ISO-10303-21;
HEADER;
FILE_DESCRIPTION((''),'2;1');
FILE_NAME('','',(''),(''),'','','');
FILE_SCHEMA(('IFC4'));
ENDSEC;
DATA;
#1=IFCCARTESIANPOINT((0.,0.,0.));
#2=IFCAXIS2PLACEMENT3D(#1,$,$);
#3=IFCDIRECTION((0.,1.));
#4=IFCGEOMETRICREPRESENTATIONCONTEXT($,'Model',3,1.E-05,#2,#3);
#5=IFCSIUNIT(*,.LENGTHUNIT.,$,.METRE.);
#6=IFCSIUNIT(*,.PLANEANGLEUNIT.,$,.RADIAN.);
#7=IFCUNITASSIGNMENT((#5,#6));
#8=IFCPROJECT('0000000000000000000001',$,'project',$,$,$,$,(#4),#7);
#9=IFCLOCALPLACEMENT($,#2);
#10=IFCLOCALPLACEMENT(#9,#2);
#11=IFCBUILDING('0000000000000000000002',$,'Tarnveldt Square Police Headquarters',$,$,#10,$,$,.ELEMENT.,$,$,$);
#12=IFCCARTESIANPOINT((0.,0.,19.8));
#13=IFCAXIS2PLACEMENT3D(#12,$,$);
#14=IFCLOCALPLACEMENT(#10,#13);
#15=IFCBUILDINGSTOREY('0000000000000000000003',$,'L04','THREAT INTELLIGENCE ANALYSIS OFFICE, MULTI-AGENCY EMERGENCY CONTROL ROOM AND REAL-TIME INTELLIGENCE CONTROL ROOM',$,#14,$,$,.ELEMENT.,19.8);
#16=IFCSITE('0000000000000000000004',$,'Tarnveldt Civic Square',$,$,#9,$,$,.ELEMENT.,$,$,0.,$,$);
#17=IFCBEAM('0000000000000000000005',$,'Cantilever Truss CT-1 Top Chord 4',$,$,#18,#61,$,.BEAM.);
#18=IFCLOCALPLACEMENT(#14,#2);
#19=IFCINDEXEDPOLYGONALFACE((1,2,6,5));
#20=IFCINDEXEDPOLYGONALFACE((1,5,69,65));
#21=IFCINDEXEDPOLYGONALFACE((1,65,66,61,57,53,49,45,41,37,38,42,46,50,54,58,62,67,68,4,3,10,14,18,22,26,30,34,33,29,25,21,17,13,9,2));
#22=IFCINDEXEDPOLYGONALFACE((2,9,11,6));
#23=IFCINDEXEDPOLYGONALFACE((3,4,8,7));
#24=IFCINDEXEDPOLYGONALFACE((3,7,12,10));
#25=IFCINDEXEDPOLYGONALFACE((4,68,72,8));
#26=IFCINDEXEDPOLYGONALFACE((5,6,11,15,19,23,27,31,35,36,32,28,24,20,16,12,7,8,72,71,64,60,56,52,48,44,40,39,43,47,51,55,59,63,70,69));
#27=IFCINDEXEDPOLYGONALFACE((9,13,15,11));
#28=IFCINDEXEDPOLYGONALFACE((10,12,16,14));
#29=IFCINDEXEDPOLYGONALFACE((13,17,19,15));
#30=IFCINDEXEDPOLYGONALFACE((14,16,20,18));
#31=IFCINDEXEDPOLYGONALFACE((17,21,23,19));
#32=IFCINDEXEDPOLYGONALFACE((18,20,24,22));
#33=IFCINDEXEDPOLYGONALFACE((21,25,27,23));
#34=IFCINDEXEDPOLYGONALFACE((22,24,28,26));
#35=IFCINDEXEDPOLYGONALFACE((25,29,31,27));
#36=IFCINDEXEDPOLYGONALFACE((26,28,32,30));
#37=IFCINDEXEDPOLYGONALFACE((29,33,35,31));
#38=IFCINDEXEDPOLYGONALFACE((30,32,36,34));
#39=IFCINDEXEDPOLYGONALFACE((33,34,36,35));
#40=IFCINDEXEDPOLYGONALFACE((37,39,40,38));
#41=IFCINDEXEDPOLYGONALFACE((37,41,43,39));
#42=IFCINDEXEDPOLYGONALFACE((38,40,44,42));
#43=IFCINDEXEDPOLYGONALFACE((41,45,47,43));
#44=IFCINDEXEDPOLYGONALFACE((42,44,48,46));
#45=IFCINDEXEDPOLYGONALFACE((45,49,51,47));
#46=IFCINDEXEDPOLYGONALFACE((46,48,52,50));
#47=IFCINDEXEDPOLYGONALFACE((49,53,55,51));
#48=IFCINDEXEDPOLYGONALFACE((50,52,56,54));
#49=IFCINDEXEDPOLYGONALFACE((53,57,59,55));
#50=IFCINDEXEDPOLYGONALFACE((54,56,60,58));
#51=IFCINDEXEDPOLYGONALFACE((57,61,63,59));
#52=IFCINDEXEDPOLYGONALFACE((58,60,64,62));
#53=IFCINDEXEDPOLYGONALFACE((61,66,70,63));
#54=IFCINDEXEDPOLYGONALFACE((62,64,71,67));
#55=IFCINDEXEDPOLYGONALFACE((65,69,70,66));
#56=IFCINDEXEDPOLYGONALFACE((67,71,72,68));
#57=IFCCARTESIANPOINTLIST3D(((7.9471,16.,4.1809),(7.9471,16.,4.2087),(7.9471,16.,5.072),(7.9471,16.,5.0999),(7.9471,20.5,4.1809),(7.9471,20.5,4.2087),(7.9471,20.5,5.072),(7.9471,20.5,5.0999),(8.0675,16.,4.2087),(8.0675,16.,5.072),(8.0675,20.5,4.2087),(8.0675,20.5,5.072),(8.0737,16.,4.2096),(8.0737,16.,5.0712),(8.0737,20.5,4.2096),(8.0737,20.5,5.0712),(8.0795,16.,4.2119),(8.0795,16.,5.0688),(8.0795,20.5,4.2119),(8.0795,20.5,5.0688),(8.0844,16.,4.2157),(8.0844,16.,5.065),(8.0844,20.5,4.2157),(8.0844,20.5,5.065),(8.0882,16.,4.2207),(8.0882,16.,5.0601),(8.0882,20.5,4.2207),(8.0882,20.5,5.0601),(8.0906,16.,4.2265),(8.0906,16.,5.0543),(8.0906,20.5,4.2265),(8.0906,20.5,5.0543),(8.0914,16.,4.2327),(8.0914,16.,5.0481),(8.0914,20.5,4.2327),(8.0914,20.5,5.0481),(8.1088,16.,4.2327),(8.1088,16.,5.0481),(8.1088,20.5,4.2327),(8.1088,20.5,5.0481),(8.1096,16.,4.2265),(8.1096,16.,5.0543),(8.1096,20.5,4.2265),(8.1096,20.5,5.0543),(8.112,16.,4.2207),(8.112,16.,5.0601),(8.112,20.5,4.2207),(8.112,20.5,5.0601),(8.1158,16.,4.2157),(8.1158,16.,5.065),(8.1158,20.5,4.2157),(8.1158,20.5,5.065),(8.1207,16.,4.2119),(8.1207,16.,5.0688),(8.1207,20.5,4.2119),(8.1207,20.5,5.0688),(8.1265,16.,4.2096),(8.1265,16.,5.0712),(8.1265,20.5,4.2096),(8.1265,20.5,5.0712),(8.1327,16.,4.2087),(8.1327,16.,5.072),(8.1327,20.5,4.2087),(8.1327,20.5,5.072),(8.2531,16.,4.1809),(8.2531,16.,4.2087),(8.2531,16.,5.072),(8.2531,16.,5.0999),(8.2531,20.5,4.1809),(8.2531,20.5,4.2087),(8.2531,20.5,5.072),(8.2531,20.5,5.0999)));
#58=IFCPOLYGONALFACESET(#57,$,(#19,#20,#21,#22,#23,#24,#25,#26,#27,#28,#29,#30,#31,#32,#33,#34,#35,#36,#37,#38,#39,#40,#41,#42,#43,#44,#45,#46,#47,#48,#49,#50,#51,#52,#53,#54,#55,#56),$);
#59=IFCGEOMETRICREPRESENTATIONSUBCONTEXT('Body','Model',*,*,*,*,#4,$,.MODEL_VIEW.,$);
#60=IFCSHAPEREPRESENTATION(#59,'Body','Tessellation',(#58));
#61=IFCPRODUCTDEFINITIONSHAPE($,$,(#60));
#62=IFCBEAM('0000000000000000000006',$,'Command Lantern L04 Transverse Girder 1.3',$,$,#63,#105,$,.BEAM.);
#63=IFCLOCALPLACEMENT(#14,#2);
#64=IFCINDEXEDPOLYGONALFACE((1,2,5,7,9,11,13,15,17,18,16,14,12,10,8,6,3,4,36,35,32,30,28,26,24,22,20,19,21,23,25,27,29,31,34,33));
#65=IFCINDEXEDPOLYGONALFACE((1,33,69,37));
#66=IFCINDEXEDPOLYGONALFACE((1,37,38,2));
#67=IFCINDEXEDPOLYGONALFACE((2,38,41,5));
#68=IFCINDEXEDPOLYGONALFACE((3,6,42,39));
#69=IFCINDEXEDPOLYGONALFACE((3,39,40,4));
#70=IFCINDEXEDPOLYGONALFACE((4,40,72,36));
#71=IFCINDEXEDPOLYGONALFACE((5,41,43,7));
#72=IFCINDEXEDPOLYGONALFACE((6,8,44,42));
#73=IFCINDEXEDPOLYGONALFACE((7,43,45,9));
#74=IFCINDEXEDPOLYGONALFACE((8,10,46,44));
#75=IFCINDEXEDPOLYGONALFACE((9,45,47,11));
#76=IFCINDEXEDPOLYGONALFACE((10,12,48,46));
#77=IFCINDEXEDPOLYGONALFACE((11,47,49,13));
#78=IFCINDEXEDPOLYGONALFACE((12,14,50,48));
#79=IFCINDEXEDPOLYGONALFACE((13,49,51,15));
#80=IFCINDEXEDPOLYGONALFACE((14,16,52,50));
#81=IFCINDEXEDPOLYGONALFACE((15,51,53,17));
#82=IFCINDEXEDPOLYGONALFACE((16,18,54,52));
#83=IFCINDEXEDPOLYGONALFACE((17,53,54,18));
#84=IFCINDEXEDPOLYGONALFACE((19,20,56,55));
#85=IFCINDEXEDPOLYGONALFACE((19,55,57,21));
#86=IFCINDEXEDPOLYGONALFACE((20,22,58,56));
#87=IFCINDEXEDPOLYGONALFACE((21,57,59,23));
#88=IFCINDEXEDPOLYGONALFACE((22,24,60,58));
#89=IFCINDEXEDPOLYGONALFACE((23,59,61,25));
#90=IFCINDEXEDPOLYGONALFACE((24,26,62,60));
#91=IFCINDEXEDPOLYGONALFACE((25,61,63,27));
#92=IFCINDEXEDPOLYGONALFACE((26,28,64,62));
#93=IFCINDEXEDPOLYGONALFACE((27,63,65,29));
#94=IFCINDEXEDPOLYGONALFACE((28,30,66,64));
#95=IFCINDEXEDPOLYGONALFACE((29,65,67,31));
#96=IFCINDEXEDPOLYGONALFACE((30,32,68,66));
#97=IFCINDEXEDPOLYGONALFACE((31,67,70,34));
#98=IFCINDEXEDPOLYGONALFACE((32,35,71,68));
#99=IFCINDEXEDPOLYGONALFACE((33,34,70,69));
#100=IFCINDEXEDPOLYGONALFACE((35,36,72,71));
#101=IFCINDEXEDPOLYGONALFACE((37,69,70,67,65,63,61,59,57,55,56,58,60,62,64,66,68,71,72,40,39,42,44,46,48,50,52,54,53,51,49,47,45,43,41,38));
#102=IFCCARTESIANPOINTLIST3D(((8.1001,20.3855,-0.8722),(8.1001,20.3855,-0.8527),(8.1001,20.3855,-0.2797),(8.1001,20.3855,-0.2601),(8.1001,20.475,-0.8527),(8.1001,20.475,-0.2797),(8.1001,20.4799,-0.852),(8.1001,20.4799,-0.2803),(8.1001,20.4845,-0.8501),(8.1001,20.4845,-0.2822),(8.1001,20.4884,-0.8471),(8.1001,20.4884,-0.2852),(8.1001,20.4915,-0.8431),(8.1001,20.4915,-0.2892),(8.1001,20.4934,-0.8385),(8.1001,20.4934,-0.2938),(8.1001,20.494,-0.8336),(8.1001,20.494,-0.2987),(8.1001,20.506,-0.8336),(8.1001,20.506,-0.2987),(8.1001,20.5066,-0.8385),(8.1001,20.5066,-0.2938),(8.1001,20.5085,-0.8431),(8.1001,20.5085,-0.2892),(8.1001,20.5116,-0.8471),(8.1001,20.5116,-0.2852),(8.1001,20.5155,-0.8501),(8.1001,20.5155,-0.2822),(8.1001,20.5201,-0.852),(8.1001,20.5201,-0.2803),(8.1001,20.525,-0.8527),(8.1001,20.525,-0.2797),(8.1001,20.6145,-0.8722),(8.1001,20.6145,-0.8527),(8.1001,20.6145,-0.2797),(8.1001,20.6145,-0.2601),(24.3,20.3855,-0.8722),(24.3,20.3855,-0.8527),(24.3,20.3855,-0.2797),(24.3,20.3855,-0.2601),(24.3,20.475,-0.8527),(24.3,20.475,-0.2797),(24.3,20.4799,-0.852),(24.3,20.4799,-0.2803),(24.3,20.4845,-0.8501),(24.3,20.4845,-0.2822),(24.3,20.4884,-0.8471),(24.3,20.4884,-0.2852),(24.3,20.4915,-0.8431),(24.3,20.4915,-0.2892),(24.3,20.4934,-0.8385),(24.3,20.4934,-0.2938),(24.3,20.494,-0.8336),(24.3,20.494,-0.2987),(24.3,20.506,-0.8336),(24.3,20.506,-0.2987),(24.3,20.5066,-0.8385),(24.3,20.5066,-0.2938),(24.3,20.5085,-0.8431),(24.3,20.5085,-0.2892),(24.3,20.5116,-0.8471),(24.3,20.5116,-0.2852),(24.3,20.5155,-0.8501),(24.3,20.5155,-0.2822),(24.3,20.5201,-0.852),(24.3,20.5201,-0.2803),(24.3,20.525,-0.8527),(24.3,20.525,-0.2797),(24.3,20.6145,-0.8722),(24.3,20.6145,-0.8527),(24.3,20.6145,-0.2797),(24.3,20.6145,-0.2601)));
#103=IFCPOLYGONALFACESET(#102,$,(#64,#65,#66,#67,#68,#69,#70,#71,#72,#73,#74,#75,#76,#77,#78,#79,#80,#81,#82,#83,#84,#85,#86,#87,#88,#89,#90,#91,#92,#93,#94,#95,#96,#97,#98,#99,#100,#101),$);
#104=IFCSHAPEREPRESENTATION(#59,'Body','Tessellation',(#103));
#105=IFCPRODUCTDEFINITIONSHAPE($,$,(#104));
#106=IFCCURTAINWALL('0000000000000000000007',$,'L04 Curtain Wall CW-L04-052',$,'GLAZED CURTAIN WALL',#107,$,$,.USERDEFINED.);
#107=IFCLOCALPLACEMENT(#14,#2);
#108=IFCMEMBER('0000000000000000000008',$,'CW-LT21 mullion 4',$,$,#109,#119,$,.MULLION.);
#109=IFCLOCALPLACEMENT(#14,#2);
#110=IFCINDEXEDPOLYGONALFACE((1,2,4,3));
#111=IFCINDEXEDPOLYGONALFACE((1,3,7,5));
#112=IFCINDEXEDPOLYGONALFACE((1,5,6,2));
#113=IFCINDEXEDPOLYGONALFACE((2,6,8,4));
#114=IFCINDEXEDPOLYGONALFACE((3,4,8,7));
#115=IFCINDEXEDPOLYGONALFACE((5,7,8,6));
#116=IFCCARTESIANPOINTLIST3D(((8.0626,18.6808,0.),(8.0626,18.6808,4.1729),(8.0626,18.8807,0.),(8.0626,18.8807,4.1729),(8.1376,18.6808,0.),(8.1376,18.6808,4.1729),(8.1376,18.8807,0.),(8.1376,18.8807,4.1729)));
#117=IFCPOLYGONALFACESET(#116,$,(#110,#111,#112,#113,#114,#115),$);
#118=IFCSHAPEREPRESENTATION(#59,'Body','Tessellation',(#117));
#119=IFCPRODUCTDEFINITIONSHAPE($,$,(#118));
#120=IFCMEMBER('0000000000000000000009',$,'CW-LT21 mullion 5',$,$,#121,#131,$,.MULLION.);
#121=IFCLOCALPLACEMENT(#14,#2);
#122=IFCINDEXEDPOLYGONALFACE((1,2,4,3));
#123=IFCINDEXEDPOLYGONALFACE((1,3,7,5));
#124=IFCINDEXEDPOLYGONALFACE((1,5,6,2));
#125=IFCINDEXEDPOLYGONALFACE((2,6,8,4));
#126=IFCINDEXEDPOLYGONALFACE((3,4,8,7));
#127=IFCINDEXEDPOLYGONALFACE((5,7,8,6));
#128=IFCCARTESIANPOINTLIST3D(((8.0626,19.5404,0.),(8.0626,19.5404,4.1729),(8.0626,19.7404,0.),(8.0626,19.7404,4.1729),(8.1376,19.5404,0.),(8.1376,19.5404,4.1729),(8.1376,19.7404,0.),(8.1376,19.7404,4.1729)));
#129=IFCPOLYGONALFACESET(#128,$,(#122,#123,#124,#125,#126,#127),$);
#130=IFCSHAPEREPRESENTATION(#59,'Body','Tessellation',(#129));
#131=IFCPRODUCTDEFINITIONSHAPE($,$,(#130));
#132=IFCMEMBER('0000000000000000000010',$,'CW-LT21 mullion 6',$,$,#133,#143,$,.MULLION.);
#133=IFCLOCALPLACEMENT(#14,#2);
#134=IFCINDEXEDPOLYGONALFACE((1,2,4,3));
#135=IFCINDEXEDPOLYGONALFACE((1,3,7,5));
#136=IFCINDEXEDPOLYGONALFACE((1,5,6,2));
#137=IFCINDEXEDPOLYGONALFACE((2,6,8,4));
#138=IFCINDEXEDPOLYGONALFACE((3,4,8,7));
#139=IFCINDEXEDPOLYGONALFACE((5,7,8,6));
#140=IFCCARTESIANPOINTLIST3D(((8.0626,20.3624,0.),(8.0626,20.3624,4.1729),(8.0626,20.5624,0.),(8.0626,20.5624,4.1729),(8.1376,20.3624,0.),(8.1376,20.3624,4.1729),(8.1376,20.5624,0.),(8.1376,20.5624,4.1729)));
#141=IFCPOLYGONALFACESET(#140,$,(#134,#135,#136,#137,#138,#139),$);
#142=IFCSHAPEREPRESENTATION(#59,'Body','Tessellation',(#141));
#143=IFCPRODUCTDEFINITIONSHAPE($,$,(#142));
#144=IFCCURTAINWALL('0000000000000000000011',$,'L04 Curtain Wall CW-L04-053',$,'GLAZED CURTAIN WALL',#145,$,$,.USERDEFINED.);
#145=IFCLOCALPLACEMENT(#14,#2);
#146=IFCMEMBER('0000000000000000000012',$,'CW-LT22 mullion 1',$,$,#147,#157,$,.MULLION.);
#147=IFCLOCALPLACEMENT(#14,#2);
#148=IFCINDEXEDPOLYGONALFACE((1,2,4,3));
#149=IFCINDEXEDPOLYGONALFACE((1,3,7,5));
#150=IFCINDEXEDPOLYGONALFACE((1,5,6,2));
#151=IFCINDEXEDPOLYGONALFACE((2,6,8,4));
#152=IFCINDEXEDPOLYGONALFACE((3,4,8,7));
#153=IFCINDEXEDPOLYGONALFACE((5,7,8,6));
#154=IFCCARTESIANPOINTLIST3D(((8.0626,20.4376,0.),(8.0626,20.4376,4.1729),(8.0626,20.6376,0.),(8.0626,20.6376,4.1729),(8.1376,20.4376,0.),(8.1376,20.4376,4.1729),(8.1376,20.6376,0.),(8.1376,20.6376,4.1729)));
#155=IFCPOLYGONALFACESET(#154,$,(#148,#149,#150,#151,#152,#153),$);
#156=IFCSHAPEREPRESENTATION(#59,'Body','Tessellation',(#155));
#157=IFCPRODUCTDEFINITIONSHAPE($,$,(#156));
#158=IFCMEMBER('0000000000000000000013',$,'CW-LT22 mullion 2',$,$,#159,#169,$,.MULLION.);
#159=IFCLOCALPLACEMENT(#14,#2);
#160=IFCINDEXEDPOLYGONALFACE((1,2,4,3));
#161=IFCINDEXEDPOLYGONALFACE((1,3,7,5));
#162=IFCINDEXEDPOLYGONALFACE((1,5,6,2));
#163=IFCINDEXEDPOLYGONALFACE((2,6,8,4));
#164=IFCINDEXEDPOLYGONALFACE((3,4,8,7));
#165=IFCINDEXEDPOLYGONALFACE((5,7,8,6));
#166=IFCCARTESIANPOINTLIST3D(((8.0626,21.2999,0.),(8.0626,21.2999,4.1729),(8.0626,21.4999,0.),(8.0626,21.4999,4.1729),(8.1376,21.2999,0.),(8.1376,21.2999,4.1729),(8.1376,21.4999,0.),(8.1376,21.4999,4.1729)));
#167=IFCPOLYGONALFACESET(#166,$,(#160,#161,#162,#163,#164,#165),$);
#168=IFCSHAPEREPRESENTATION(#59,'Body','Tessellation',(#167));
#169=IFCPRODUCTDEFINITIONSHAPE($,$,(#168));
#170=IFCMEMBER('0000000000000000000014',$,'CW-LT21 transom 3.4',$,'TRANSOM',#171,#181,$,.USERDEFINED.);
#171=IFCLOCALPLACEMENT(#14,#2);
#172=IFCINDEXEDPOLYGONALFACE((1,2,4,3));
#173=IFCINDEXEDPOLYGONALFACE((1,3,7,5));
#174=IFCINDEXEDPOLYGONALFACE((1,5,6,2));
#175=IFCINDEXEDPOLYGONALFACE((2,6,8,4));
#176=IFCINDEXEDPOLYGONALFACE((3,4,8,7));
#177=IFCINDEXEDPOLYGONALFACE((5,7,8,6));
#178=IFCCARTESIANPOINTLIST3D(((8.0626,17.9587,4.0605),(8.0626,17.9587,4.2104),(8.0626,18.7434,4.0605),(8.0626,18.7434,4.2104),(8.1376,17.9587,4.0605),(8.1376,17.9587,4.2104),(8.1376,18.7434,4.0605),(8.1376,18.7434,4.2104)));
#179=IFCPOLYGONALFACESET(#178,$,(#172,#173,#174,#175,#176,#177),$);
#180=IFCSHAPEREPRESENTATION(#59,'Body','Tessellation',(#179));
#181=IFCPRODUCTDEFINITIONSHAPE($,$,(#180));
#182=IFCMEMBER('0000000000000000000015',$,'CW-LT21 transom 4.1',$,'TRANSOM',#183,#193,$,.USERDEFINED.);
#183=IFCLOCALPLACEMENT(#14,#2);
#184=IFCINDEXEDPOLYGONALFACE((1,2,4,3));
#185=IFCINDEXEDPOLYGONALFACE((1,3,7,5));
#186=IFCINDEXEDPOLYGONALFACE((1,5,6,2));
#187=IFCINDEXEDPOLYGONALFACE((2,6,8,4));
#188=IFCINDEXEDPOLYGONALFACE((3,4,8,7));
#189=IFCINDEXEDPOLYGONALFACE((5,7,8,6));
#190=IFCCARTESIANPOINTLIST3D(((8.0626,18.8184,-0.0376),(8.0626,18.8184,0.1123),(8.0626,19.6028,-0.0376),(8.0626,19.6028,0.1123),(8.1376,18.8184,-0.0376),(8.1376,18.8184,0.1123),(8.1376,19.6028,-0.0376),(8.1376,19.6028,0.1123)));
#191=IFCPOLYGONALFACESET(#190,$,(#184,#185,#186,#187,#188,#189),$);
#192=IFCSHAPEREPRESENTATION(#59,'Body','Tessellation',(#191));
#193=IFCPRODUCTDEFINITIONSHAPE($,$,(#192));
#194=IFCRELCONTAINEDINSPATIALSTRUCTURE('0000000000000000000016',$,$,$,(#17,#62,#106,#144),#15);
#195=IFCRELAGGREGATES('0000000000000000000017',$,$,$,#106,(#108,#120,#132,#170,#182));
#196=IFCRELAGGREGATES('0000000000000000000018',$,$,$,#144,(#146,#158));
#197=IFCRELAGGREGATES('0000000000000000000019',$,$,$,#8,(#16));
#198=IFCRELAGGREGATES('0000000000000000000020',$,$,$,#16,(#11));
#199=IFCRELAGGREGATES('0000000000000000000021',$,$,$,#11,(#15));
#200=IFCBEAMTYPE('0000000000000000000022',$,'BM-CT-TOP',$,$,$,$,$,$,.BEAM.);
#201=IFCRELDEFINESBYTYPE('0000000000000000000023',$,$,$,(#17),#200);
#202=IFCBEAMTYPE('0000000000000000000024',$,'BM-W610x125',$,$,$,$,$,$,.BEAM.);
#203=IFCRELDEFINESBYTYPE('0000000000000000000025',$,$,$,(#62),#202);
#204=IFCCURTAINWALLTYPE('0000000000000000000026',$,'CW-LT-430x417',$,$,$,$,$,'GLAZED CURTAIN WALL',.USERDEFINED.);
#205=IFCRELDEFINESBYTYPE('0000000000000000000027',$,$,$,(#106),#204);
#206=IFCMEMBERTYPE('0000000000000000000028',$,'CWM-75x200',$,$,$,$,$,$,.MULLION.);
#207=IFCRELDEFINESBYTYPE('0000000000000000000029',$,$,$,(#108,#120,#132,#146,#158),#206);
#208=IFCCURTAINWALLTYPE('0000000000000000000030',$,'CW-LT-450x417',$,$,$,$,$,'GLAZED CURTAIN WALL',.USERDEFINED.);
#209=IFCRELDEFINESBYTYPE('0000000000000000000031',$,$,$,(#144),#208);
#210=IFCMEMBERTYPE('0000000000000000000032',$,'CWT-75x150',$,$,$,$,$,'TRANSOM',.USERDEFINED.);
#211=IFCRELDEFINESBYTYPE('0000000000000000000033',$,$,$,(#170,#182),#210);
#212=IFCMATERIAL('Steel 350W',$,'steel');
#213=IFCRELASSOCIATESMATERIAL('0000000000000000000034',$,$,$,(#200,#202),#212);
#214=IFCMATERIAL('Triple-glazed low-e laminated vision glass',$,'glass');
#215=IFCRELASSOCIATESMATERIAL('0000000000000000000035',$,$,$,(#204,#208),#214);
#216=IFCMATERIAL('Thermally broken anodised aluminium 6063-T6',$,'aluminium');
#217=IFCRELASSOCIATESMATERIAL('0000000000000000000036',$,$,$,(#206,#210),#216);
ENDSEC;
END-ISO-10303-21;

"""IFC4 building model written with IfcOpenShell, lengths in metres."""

from ifc_helpers import new_model, si_unit, direction, frame, origin, origin_2d, place, context, subcontext, project, spatial, rectangle, i_section, extrude, material, material_profile, profile_set, type_object, element, aggregate, save


model = new_model("IFC4")

# Units and contexts
model_context = context("Model", 3, precision=1e-05, world=origin(), true_north=direction((0.0, 1.0)))
body_context = subcontext(model_context, "Body", "Model", "MODEL_VIEW")
ifc_project = project(units=[si_unit("LENGTHUNIT", "METRE"), si_unit("PLANEANGLEUNIT", "RADIAN")], contexts=[model_context])

# Site, building, storey
site_placement = place(None, origin())
site = spatial("IfcSite", under=ifc_project, at=site_placement, Name="Tarnveldt Civic Square", CompositionType="ELEMENT", RefElevation=0.0)
building_placement = place(site_placement, origin())
building = spatial("IfcBuilding", under=site, at=building_placement, Name="Tarnveldt Square Police Headquarters", CompositionType="ELEMENT")
storey_placement = place(building_placement, frame((0.0, 0.0, 19.8)))
storey = spatial("IfcBuildingStorey", under=building, at=storey_placement, Name="L04", Description="THREAT INTELLIGENCE ANALYSIS OFFICE, MULTI-AGENCY EMERGENCY CONTROL ROOM AND REAL-TIME INTELLIGENCE CONTROL ROOM", CompositionType="ELEMENT", Elevation=19.8)

# Beams
ifc_material_1 = material(Name="Steel 350W", Category="steel")
ifc_material_profile_1 = material_profile(ifc_material_1, i_section(OverallWidth=0.3059, OverallDepth=0.9189, WebThickness=0.0173, FlangeThickness=0.0278, FilletRadius=0.0239, at=origin_2d()), Name="W920x253")
ifc_profile_set_1 = profile_set([ifc_material_profile_1], Name="Steel 350W")
beam_type_1 = type_object("IfcBeamType", Name="BM-CT-TOP", PredefinedType="BEAM", material=ifc_profile_set_1)
beam_1_placement = place(storey_placement, frame((8.1001, 20.5, 4.6404), z_axis=(0.0, -1.0, 0.0), x_axis=(1.0, 0.0, 0.0)))
element("IfcBeam", 1, at=beam_1_placement, inside=storey, type_object=beam_type_1, Name="Cantilever Truss CT-1 Top Chord 4", PredefinedType="BEAM", context=body_context, shape_type="SweptSolid", body=[
    extrude(i_section(OverallWidth=0.3059, OverallDepth=0.9189, WebThickness=0.0173, FlangeThickness=0.0278, FilletRadius=0.0239, at=origin_2d()), origin(), (0.0, 0.0, 1.0), 4.5),
])
ifc_material_profile_2 = material_profile(ifc_material_1, i_section(OverallWidth=0.229, OverallDepth=0.6121, WebThickness=0.012, FlangeThickness=0.0195, FilletRadius=0.019, at=origin_2d()), Name="W610x125")
ifc_profile_set_2 = profile_set([ifc_material_profile_2], Name="Steel 350W")
beam_type_2 = type_object("IfcBeamType", Name="BM-W610x125", PredefinedType="BEAM", material=ifc_profile_set_2)
beam_2_placement = place(storey_placement, frame((8.1001, 20.5, -0.5662), z_axis=(1.0, 0.0, 0.0), x_axis=(0.0, 1.0, 0.0)))
element("IfcBeam", 2, at=beam_2_placement, inside=storey, type_object=beam_type_2, Name="Command Lantern L04 Transverse Girder 1.3", PredefinedType="BEAM", context=body_context, shape_type="SweptSolid", body=[
    extrude(i_section(OverallWidth=0.229, OverallDepth=0.6121, WebThickness=0.012, FlangeThickness=0.0195, FilletRadius=0.019, at=origin_2d()), origin(), (0.0, 0.0, 1.0), 16.2),
])

# Curtain walls, members
ifc_material_2 = material(Name="Triple-glazed low-e laminated vision glass", Category="glass")
curtain_wall_type_1 = type_object("IfcCurtainWallType", Name="CW-LT-430x417", ElementType="GLAZED CURTAIN WALL", PredefinedType="USERDEFINED", material=ifc_material_2)
curtain_wall_1_placement = place(storey_placement, origin())
curtain_wall_1 = element("IfcCurtainWall", 3, at=curtain_wall_1_placement, inside=storey, type_object=curtain_wall_type_1, Name="L04 Curtain Wall CW-L04-052", ObjectType="GLAZED CURTAIN WALL", PredefinedType="USERDEFINED")
ifc_material_3 = material(Name="Thermally broken anodised aluminium 6063-T6", Category="aluminium")
ifc_material_profile_3 = material_profile(ifc_material_3, rectangle(XDim=0.075, YDim=0.2, at=origin_2d()), Name="CW-M75x200")
ifc_profile_set_3 = profile_set([ifc_material_profile_3], Name="Thermally broken anodised aluminium 6063-T6")
member_type_1 = type_object("IfcMemberType", Name="CWM-75x200", PredefinedType="MULLION", material=ifc_profile_set_3)
member_1_placement = place(storey_placement, frame((8.1001, 18.7808, 0.0), z_axis=(0.0, 0.0, 1.0), x_axis=(-1.0, 0.0, 0.0)))
member_1 = element("IfcMember", 4, at=member_1_placement, type_object=member_type_1, Name="CW-LT21 mullion 4", PredefinedType="MULLION", context=body_context, shape_type="SweptSolid", body=[
    extrude(rectangle(XDim=0.075, YDim=0.2, at=origin_2d()), origin(), (0.0, 0.0, 1.0), 4.1729),
])
member_2_placement = place(storey_placement, frame((8.1001, 19.6404, 0.0), z_axis=(0.0, 0.0, 1.0), x_axis=(-1.0, 0.0, 0.0)))
member_2 = element("IfcMember", 5, at=member_2_placement, type_object=member_type_1, Name="CW-LT21 mullion 5", PredefinedType="MULLION", context=body_context, shape_type="SweptSolid", body=[
    extrude(rectangle(XDim=0.075, YDim=0.2, at=origin_2d()), origin(), (0.0, 0.0, 1.0), 4.1729),
])
member_3_placement = place(storey_placement, frame((8.1001, 20.4624, 0.0), z_axis=(0.0, 0.0, 1.0), x_axis=(-1.0, 0.0, 0.0)))
member_3 = element("IfcMember", 6, at=member_3_placement, type_object=member_type_1, Name="CW-LT21 mullion 6", PredefinedType="MULLION", context=body_context, shape_type="SweptSolid", body=[
    extrude(rectangle(XDim=0.075, YDim=0.2, at=origin_2d()), origin(), (0.0, 0.0, 1.0), 4.1729),
])
curtain_wall_type_2 = type_object("IfcCurtainWallType", Name="CW-LT-450x417", ElementType="GLAZED CURTAIN WALL", PredefinedType="USERDEFINED", material=ifc_material_2)
curtain_wall_2_placement = place(storey_placement, origin())
curtain_wall_2 = element("IfcCurtainWall", 7, at=curtain_wall_2_placement, inside=storey, type_object=curtain_wall_type_2, Name="L04 Curtain Wall CW-L04-053", ObjectType="GLAZED CURTAIN WALL", PredefinedType="USERDEFINED")
member_4_placement = place(storey_placement, frame((8.1001, 20.5376, 0.0), z_axis=(0.0, 0.0, 1.0), x_axis=(-1.0, 0.0, 0.0)))
member_4 = element("IfcMember", 8, at=member_4_placement, type_object=member_type_1, Name="CW-LT22 mullion 1", PredefinedType="MULLION", context=body_context, shape_type="SweptSolid", body=[
    extrude(rectangle(XDim=0.075, YDim=0.2, at=origin_2d()), origin(), (0.0, 0.0, 1.0), 4.1729),
])
member_5_placement = place(storey_placement, frame((8.1001, 21.3999, 0.0), z_axis=(0.0, 0.0, 1.0), x_axis=(-1.0, 0.0, 0.0)))
member_5 = element("IfcMember", 9, at=member_5_placement, type_object=member_type_1, Name="CW-LT22 mullion 2", PredefinedType="MULLION", context=body_context, shape_type="SweptSolid", body=[
    extrude(rectangle(XDim=0.075, YDim=0.2, at=origin_2d()), origin(), (0.0, 0.0, 1.0), 4.1729),
])

# Members
ifc_material_profile_4 = material_profile(ifc_material_3, rectangle(XDim=0.075, YDim=0.1499, at=origin_2d()), Name="CW-T75x150")
ifc_profile_set_4 = profile_set([ifc_material_profile_4], Name="Thermally broken anodised aluminium 6063-T6")
member_type_2 = type_object("IfcMemberType", Name="CWT-75x150", ElementType="TRANSOM", PredefinedType="USERDEFINED", material=ifc_profile_set_4)
member_6_placement = place(storey_placement, frame((8.1001, 17.9587, 4.1355), z_axis=(0.0, 1.0, 0.0), x_axis=(-1.0, 0.0, 0.0)))
member_6 = element("IfcMember", 10, at=member_6_placement, type_object=member_type_2, Name="CW-LT21 transom 3.4", ObjectType="TRANSOM", PredefinedType="USERDEFINED", context=body_context, shape_type="SweptSolid", body=[
    extrude(rectangle(XDim=0.075, YDim=0.1499, at=origin_2d()), origin(), (0.0, 0.0, 1.0), 0.7847),
])
member_7_placement = place(storey_placement, frame((8.1001, 18.8184, 0.0374), z_axis=(0.0, 1.0, 0.0), x_axis=(-1.0, 0.0, 0.0)))
member_7 = element("IfcMember", 11, at=member_7_placement, type_object=member_type_2, Name="CW-LT21 transom 4.1", ObjectType="TRANSOM", PredefinedType="USERDEFINED", context=body_context, shape_type="SweptSolid", body=[
    extrude(rectangle(XDim=0.075, YDim=0.1499, at=origin_2d()), origin(), (0.0, 0.0, 1.0), 0.7844),
])

aggregate(curtain_wall_1, [member_1, member_2, member_3, member_6, member_7])
aggregate(curtain_wall_2, [member_4, member_5])

save(model, "model.ifc")
